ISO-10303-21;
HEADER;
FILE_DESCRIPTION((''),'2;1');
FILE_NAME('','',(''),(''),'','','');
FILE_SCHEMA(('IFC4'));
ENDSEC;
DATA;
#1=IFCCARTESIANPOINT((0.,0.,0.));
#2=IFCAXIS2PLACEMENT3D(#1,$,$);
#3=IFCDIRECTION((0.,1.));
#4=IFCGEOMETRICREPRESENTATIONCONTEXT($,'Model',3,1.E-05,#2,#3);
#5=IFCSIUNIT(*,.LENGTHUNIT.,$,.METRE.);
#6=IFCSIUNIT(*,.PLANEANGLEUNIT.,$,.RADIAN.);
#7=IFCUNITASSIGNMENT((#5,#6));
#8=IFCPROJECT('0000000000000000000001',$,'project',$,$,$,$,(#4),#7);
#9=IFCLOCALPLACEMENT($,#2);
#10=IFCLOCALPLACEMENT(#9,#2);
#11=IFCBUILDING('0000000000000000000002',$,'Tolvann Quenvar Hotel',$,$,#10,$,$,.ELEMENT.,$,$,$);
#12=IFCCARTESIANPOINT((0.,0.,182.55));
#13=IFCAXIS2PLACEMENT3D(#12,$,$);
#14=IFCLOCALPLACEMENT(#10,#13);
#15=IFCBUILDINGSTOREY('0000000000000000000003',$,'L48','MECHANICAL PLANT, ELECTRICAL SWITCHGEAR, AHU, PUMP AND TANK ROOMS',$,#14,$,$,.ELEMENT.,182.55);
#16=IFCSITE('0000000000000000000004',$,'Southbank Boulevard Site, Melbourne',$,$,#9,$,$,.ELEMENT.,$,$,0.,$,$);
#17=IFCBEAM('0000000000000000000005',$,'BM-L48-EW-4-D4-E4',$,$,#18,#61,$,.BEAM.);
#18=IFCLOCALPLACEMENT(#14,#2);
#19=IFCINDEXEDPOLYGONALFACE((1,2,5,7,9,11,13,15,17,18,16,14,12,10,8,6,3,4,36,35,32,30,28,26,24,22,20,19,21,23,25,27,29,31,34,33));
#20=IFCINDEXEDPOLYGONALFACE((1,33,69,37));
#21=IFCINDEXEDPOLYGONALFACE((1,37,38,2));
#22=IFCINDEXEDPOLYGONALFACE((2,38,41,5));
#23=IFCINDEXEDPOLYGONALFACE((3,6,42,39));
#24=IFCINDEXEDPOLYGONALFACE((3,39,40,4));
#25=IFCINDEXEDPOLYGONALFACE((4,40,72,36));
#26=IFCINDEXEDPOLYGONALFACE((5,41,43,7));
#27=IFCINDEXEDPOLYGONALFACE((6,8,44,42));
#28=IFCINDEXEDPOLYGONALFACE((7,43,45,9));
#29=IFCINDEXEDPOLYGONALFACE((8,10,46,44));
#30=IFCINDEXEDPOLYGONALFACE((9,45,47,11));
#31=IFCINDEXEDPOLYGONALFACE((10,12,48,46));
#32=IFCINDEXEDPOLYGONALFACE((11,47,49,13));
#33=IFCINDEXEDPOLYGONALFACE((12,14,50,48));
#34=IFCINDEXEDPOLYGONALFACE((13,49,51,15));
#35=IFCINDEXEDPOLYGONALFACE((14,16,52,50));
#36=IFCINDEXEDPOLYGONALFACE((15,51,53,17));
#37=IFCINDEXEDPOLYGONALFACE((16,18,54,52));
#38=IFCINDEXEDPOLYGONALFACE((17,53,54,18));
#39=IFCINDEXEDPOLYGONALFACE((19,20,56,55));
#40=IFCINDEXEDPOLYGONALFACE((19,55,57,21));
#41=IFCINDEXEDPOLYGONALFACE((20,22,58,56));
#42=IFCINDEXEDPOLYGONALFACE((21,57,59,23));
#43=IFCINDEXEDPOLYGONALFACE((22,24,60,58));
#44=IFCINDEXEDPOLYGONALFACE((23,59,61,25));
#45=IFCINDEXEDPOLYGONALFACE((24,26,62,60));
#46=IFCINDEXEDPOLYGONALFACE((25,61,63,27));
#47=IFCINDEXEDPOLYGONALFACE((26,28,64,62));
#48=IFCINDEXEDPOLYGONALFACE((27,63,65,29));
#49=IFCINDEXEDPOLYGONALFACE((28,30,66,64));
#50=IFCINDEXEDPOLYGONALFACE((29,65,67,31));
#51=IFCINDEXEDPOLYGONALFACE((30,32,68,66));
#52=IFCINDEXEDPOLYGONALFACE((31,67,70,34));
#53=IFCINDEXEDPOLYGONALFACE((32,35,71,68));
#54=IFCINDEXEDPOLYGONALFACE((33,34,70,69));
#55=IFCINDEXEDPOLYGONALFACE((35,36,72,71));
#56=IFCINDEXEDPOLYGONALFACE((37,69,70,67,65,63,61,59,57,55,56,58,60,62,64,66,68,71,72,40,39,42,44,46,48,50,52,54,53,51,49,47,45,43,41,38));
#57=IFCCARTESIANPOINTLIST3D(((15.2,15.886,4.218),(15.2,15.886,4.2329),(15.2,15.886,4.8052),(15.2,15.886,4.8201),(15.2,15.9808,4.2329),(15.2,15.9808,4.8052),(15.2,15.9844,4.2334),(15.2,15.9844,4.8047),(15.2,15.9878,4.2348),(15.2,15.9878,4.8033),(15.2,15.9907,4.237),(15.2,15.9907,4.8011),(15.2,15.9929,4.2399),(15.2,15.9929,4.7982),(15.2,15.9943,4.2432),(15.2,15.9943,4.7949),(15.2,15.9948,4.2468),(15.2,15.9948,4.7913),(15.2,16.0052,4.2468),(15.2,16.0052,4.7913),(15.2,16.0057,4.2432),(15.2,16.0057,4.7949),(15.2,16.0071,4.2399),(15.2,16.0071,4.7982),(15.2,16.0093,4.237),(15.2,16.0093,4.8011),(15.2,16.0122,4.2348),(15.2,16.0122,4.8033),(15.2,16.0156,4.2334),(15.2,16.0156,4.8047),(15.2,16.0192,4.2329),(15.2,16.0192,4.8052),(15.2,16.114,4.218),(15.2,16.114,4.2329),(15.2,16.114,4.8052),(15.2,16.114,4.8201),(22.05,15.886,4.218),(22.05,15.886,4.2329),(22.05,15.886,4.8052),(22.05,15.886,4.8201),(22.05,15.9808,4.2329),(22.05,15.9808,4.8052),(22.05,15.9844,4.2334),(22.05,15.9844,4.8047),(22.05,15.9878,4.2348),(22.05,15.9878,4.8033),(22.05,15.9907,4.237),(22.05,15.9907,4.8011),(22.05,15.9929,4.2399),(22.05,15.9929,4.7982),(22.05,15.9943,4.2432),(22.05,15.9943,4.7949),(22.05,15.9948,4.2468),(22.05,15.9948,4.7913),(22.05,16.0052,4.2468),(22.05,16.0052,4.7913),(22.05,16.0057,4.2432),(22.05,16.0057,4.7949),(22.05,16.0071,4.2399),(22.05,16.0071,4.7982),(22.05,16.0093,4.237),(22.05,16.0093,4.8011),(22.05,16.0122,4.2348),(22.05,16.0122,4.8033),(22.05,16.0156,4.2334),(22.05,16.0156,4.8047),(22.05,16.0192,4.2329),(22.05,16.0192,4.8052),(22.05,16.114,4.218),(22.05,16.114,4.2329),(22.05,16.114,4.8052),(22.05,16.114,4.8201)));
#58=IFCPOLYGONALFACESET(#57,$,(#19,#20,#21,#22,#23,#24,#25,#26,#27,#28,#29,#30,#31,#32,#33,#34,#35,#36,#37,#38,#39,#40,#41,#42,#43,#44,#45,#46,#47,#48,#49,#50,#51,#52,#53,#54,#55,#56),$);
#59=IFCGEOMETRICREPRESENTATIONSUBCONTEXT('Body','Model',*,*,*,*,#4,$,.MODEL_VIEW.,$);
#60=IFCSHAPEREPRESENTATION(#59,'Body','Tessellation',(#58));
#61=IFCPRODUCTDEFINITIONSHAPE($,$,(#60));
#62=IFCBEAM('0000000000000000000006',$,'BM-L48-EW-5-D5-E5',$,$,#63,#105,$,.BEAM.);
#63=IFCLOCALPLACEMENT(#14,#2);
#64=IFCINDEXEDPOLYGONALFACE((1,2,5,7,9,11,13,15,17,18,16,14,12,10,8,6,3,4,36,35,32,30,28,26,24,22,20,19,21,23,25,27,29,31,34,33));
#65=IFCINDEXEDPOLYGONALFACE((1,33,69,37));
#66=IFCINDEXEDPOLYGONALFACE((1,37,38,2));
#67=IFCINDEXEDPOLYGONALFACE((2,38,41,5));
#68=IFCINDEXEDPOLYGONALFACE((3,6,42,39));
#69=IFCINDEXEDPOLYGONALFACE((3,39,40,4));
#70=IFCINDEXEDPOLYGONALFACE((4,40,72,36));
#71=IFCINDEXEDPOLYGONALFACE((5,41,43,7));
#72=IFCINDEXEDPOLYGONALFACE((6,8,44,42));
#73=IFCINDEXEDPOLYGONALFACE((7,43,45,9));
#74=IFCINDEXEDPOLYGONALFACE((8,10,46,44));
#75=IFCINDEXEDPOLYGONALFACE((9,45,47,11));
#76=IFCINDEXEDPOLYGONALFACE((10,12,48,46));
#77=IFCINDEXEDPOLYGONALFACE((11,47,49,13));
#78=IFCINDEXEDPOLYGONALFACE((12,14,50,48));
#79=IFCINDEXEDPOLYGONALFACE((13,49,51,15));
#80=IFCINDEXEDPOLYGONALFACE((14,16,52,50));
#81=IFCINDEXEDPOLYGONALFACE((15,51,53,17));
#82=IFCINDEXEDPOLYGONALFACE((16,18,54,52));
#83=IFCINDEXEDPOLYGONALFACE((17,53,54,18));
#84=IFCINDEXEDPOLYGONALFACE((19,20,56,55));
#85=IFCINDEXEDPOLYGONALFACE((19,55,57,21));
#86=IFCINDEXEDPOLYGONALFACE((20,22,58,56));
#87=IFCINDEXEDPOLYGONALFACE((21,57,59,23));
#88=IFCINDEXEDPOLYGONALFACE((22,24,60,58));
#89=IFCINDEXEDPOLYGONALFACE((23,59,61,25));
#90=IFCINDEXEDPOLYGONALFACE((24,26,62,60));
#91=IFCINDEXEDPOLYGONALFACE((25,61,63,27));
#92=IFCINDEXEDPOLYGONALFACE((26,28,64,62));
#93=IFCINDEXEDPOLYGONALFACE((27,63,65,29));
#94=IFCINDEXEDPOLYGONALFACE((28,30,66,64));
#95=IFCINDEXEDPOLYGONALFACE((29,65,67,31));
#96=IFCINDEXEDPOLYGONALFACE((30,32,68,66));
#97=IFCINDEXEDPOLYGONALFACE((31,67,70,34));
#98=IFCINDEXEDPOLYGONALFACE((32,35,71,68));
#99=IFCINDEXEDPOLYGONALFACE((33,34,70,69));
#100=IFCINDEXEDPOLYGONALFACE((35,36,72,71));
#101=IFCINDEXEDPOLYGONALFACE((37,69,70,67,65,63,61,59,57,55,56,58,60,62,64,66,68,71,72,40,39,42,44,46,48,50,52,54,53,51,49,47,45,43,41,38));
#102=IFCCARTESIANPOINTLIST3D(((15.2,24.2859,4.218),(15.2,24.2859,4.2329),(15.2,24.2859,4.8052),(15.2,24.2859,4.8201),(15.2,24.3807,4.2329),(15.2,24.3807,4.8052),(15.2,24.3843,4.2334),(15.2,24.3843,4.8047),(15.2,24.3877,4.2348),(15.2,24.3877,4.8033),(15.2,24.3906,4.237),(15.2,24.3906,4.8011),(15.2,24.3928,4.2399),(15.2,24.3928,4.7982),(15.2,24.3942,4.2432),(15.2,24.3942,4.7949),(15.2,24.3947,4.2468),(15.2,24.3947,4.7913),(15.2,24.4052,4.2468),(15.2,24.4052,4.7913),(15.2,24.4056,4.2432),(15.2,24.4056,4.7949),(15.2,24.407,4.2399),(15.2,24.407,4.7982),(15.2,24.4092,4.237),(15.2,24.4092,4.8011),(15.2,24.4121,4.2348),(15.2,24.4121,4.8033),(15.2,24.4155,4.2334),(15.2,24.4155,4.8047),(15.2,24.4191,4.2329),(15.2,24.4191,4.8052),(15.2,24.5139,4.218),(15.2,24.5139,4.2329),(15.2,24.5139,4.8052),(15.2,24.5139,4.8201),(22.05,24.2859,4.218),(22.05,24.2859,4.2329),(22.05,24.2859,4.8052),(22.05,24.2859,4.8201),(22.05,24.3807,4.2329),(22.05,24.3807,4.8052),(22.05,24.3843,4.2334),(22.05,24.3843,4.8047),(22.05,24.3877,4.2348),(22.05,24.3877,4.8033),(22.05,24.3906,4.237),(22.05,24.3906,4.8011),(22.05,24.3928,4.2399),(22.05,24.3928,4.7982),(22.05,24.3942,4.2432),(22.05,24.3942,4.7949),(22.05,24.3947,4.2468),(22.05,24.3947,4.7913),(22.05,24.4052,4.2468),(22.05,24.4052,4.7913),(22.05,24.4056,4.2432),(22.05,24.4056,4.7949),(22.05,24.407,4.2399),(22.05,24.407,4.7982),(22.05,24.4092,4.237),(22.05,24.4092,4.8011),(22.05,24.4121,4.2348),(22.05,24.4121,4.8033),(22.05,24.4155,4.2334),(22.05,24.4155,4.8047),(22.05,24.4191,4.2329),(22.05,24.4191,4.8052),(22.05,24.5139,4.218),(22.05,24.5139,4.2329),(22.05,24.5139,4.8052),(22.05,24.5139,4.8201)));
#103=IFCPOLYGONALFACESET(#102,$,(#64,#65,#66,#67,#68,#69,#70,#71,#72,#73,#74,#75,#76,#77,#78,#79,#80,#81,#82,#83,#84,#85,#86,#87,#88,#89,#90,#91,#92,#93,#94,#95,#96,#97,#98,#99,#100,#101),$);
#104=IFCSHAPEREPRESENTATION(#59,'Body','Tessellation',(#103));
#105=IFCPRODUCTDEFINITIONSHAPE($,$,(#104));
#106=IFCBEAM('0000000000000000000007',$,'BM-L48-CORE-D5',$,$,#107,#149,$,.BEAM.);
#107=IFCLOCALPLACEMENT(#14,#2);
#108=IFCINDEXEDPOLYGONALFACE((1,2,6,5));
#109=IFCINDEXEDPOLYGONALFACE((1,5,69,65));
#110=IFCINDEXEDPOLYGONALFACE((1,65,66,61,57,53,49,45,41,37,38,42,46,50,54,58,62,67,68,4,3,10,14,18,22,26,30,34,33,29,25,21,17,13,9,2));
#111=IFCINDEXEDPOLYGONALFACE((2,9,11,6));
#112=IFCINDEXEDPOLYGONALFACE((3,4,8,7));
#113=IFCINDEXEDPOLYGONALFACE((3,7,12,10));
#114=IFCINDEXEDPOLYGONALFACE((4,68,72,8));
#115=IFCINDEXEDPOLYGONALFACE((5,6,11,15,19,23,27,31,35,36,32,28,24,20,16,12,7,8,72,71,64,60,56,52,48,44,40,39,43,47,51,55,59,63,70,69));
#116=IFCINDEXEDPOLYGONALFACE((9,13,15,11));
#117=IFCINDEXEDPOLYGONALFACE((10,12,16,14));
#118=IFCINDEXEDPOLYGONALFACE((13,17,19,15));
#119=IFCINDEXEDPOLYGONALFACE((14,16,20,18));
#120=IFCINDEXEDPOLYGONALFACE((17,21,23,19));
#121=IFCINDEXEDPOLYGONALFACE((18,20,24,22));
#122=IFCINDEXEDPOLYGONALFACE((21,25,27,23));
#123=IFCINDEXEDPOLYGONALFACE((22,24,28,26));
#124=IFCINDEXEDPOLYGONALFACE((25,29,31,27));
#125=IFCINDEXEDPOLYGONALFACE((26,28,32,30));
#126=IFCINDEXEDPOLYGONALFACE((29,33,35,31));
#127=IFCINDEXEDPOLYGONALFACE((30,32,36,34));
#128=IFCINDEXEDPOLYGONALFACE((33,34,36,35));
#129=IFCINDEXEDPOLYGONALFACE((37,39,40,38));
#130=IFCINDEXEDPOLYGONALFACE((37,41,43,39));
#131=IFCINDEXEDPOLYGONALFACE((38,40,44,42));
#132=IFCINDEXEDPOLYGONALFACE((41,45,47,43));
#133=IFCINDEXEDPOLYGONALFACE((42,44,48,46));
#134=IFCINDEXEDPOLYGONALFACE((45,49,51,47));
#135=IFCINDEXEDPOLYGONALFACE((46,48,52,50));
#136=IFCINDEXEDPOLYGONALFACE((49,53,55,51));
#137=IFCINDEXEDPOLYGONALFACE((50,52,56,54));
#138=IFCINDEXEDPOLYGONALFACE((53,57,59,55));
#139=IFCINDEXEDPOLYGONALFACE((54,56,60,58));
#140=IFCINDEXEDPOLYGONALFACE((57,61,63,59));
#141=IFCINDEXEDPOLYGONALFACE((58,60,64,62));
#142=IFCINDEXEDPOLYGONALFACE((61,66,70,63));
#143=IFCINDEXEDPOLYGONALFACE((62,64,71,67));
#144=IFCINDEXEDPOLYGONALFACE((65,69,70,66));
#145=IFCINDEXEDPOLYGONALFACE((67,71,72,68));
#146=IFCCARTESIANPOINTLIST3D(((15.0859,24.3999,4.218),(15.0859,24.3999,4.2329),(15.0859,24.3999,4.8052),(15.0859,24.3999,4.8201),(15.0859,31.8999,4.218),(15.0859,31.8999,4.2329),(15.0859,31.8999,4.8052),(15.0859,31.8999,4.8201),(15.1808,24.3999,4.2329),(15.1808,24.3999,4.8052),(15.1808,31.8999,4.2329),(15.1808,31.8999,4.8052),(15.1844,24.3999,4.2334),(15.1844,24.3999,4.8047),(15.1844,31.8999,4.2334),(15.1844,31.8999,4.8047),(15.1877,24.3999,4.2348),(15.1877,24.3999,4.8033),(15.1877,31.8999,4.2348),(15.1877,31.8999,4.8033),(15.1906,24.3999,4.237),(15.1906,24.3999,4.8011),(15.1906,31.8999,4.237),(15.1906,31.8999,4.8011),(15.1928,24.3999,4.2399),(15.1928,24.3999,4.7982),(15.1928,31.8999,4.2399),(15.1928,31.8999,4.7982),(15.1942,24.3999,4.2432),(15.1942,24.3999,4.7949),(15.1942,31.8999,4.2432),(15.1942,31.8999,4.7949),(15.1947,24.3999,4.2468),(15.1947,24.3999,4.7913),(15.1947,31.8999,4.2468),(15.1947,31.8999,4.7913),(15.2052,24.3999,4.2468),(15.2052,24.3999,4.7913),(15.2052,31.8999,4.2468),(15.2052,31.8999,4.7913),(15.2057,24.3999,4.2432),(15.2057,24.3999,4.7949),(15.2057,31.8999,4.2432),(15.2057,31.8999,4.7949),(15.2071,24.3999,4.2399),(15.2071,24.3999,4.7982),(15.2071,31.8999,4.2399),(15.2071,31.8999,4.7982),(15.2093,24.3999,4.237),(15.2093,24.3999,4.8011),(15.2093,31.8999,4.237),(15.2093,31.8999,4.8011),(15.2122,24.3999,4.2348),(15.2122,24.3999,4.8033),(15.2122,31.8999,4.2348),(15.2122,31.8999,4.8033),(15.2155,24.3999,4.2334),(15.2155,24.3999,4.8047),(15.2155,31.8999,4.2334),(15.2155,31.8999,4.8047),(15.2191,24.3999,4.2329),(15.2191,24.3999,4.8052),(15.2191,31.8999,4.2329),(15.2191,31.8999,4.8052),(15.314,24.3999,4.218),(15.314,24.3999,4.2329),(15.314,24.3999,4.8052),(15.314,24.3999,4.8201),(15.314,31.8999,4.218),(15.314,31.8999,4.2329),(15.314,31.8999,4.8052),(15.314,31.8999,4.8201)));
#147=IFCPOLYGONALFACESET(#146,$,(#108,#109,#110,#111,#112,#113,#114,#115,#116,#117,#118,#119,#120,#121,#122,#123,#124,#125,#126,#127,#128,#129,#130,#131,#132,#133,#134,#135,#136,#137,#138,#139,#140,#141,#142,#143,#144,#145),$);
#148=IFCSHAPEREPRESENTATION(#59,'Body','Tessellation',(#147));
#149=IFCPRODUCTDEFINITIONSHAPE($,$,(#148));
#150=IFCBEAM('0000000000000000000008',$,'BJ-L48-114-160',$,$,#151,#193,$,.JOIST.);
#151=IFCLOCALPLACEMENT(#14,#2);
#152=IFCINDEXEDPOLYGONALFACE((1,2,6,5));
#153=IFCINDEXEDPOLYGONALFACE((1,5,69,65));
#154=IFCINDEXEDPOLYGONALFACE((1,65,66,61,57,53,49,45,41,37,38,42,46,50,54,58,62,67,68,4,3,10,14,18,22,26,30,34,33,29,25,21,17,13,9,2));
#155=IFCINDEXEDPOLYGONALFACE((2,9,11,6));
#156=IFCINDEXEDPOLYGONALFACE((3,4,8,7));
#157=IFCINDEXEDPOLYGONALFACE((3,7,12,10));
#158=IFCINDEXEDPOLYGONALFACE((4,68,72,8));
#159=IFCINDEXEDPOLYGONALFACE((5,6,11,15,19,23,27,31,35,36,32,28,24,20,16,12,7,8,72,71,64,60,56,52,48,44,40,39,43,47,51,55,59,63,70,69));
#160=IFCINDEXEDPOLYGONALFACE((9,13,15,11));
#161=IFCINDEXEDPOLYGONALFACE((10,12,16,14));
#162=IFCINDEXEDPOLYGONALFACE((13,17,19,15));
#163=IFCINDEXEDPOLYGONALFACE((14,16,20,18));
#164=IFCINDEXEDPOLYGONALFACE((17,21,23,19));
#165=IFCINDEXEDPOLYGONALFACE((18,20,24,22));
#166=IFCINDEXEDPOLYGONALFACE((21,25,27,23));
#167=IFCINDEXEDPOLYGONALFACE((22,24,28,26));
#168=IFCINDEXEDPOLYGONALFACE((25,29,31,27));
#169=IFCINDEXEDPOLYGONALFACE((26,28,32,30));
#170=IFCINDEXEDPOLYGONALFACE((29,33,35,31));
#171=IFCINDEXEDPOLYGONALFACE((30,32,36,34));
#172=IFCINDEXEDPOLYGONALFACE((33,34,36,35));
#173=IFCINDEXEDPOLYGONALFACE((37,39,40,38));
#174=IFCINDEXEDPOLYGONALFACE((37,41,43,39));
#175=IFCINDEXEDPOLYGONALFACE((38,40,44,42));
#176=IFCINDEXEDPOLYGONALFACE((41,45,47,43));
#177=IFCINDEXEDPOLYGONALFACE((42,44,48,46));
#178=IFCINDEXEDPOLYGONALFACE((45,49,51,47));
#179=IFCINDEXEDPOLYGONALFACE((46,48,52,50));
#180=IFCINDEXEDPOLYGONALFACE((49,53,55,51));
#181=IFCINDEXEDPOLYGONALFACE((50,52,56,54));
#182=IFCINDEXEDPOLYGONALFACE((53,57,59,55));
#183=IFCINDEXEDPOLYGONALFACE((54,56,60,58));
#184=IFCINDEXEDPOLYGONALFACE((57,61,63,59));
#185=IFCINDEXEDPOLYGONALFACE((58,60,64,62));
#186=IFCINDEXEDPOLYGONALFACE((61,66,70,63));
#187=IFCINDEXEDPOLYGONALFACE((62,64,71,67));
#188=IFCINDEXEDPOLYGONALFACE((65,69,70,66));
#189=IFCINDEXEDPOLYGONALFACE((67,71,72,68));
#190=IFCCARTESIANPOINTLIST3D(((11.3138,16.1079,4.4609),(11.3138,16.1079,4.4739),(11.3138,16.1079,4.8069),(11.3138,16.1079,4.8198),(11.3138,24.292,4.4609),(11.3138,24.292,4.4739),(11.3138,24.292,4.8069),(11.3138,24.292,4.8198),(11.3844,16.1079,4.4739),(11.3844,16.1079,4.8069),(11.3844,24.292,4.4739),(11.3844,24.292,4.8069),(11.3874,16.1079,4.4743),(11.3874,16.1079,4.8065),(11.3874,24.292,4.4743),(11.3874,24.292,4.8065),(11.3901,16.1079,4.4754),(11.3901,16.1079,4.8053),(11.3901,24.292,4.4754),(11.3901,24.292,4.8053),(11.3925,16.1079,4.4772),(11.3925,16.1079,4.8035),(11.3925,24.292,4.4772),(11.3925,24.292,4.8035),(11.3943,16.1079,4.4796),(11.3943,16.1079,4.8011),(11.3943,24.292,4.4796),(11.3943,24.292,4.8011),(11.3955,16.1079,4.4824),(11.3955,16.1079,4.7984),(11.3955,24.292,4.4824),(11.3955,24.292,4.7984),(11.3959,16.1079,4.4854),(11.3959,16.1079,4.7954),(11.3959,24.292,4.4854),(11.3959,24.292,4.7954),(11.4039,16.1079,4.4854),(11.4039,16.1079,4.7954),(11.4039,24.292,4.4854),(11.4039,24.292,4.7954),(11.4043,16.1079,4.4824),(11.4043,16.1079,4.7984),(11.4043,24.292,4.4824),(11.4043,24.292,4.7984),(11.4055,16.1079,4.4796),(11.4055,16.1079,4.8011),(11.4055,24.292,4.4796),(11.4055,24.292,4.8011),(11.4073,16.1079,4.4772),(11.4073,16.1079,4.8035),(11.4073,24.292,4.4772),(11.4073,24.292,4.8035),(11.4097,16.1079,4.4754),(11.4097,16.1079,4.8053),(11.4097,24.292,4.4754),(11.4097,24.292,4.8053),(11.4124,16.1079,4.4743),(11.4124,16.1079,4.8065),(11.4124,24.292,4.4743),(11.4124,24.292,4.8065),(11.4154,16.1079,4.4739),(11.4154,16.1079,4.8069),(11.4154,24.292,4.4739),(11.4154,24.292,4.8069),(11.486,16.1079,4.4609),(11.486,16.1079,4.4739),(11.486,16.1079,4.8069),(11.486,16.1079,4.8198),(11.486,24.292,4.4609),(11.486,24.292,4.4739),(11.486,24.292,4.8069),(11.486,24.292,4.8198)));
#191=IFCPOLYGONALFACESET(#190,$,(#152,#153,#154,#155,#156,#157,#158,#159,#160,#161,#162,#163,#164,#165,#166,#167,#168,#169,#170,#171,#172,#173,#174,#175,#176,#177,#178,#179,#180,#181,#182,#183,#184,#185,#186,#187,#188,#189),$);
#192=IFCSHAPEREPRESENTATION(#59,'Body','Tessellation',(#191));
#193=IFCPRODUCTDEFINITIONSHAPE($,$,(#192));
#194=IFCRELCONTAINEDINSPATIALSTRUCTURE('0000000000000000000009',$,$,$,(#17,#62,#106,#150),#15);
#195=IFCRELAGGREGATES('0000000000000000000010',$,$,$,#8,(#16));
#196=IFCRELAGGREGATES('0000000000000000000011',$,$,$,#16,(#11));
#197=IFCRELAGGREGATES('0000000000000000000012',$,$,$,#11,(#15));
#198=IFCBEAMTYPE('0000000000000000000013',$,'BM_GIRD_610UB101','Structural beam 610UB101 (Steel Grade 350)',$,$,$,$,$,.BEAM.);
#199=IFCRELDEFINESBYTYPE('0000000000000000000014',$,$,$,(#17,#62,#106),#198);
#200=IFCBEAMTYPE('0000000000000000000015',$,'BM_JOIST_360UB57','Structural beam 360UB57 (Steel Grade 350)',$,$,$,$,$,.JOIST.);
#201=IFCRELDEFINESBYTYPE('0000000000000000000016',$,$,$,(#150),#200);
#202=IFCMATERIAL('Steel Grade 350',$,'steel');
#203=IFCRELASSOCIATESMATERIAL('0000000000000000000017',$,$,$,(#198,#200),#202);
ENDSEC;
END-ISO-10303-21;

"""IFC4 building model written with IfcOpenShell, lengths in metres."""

from ifc_helpers import new_model, si_unit, direction, frame, origin, origin_2d, place, context, subcontext, project, spatial, i_section, extrude, source, transform, mapped, material, material_profile, profile_set, type_object, element, save


model = new_model("IFC4")

# Units and contexts
model_context = context("Model", 3, precision=1e-05, world=origin(), true_north=direction((0.0, 1.0)))
body_context = subcontext(model_context, "Body", "Model", "MODEL_VIEW")
ifc_project = project(units=[si_unit("LENGTHUNIT", "METRE"), si_unit("PLANEANGLEUNIT", "RADIAN")], contexts=[model_context])

# Site, building, storey
site_placement = place(None, origin())
site = spatial("IfcSite", under=ifc_project, at=site_placement, Name="Southbank Boulevard Site, Melbourne", CompositionType="ELEMENT", RefElevation=0.0)
building_placement = place(site_placement, origin())
building = spatial("IfcBuilding", under=site, at=building_placement, Name="Tolvann Quenvar Hotel", CompositionType="ELEMENT")
storey_placement = place(building_placement, frame((0.0, 0.0, 182.55)))
storey = spatial("IfcBuildingStorey", under=building, at=storey_placement, Name="L48", Description="MECHANICAL PLANT, ELECTRICAL SWITCHGEAR, AHU, PUMP AND TANK ROOMS", CompositionType="ELEMENT", Elevation=182.55)

# Shared definitions
ifc_material_1 = material(Name="Steel Grade 350", Category="steel")

# Beams
ifc_material_profile_1 = material_profile(ifc_material_1, i_section(OverallWidth=0.228, OverallDepth=0.6021, WebThickness=0.0105, FlangeThickness=0.0149, FilletRadius=0.0139, at=origin_2d()), Name="610UB101")
ifc_profile_set_1 = profile_set([ifc_material_profile_1], Name="Steel Grade 350")
beam_type_1 = type_object("IfcBeamType", Name="BM_GIRD_610UB101", Description="Structural beam 610UB101 (Steel Grade 350)", PredefinedType="BEAM", material=ifc_profile_set_1)
shared_shape_1 = source(origin(), body_context, "Body", "SweptSolid", [
    extrude(i_section(OverallWidth=0.228, OverallDepth=0.6021, WebThickness=0.0105, FlangeThickness=0.0149, FilletRadius=0.0139, at=origin_2d()), origin(), (0.0, 0.0, 1.0), 6.8501),
])
for number, where, z_axis, x_axis, name in (
    (1, (15.2, 16.0, 4.519), (1.0, 0.0, 0.0), (0.0, 1.0, 0.0), "BM-L48-EW-4-D4-E4"),
    (2, (15.2, 24.3999, 4.519), (1.0, 0.0, 0.0), (0.0, 1.0, 0.0), "BM-L48-EW-5-D5-E5"),
):
    element("IfcBeam", number, at=place(storey_placement, frame(where, z_axis=z_axis, x_axis=x_axis)), inside=storey, type_object=beam_type_1, Name=name, PredefinedType="BEAM", context=body_context, shape_type="MappedRepresentation", body=[
        mapped(shared_shape_1, transform((0.0, 0.0, 0.0), x_axis=(1.0, 0.0, 0.0), y_axis=(0.0, 1.0, 0.0), z_axis=(0.0, 0.0, 1.0), scale=1.0)),
    ])
shared_shape_2 = source(origin(), body_context, "Body", "SweptSolid", [
    extrude(i_section(OverallWidth=0.228, OverallDepth=0.6021, WebThickness=0.0105, FlangeThickness=0.0149, FilletRadius=0.0139, at=origin_2d()), origin(), (0.0, 0.0, 1.0), 7.5),
])
beam_1_placement = place(storey_placement, frame((15.2, 24.3999, 4.519), z_axis=(0.0, 1.0, 0.0), x_axis=(-1.0, 0.0, 0.0)))
element("IfcBeam", 3, at=beam_1_placement, inside=storey, type_object=beam_type_1, Name="BM-L48-CORE-D5", PredefinedType="BEAM", context=body_context, shape_type="MappedRepresentation", body=[
    mapped(shared_shape_2, transform((0.0, 0.0, 0.0), x_axis=(1.0, 0.0, 0.0), y_axis=(0.0, 1.0, 0.0), z_axis=(0.0, 0.0, 1.0), scale=1.0)),
])
ifc_material_profile_2 = material_profile(ifc_material_1, i_section(OverallWidth=0.1721, OverallDepth=0.3589, WebThickness=0.0081, FlangeThickness=0.0129, FilletRadius=0.0115, at=origin_2d()), Name="360UB57")
ifc_profile_set_2 = profile_set([ifc_material_profile_2], Name="Steel Grade 350")
beam_type_2 = type_object("IfcBeamType", Name="BM_JOIST_360UB57", Description="Structural beam 360UB57 (Steel Grade 350)", PredefinedType="JOIST", material=ifc_profile_set_2)
shared_shape_3 = source(origin(), body_context, "Body", "SweptSolid", [
    extrude(i_section(OverallWidth=0.1721, OverallDepth=0.3589, WebThickness=0.0081, FlangeThickness=0.0129, FilletRadius=0.0115, at=origin_2d()), origin(), (0.0, 0.0, 1.0), 8.1841),
])
beam_2_placement = place(storey_placement, frame((11.3999, 16.1079, 4.6404), z_axis=(0.0, 1.0, 0.0), x_axis=(-1.0, 0.0, 0.0)))
element("IfcBeam", 4, at=beam_2_placement, inside=storey, type_object=beam_type_2, Name="BJ-L48-114-160", PredefinedType="JOIST", context=body_context, shape_type="MappedRepresentation", body=[
    mapped(shared_shape_3, transform((0.0, 0.0, 0.0), x_axis=(1.0, 0.0, 0.0), y_axis=(0.0, 1.0, 0.0), z_axis=(0.0, 0.0, 1.0), scale=1.0)),
])

save(model, "model.ifc")
